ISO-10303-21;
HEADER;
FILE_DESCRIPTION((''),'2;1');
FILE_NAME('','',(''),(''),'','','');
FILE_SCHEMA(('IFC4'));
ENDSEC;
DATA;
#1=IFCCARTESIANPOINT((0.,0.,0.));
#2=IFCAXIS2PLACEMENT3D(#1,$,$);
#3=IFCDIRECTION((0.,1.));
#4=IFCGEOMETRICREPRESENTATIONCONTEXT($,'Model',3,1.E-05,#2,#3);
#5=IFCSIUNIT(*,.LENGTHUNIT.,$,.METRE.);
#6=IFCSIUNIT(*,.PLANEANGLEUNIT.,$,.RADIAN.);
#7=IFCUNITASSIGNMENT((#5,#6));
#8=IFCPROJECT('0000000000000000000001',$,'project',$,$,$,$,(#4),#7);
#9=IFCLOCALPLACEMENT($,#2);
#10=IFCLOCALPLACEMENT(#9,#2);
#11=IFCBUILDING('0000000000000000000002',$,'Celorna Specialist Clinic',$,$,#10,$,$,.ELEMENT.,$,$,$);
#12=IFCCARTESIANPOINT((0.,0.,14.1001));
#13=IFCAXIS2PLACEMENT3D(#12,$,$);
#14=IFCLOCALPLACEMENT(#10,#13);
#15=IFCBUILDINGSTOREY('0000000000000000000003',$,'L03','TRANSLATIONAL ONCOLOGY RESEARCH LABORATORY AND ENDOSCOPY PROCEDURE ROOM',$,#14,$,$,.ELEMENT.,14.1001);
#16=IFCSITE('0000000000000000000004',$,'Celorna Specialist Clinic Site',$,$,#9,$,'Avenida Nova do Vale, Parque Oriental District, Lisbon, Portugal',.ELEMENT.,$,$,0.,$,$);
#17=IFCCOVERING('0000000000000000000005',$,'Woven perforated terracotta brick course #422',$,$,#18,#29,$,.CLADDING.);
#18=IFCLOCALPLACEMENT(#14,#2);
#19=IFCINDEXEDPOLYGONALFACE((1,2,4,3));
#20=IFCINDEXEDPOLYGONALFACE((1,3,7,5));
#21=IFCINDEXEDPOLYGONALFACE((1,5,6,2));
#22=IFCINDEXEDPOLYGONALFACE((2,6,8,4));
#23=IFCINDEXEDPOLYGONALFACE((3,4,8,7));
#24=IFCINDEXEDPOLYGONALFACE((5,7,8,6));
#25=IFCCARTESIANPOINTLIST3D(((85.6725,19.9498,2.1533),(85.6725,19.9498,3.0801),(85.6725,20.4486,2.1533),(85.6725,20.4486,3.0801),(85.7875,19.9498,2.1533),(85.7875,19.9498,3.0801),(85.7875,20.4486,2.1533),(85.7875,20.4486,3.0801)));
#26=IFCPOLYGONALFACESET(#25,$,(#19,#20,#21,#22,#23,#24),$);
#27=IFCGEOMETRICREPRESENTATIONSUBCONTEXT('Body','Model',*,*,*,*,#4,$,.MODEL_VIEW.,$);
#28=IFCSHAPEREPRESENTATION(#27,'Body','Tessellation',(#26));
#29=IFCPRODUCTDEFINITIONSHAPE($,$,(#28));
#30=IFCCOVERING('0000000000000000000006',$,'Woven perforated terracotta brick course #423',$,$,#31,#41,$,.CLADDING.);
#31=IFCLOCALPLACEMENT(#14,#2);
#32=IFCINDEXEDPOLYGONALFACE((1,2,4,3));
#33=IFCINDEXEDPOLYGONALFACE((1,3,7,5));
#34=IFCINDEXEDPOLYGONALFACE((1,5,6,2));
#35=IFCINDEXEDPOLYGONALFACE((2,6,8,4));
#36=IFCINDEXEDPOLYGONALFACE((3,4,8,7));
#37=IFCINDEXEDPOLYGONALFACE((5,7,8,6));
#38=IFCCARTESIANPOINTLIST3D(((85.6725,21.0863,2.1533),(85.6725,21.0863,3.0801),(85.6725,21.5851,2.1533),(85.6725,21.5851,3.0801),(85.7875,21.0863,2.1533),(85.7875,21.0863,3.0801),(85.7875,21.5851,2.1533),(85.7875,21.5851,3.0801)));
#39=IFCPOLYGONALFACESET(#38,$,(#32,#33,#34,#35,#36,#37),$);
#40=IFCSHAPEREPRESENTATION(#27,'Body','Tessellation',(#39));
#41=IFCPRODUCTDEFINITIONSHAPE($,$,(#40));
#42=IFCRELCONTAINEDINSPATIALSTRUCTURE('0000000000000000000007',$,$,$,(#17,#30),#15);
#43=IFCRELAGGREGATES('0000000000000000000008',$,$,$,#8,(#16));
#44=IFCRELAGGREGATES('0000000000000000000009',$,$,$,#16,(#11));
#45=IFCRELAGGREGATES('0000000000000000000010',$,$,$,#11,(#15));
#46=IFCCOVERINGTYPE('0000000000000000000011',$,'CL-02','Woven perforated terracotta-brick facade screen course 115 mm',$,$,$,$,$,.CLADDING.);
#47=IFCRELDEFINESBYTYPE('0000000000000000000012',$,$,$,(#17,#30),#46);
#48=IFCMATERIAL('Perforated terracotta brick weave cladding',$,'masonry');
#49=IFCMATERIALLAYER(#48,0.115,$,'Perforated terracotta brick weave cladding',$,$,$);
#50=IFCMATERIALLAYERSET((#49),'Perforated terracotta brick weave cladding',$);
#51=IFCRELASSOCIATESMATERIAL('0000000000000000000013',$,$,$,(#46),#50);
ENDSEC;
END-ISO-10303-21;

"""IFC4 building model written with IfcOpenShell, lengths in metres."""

from ifc_helpers import new_model, si_unit, direction, frame, origin, origin_2d, place, context, subcontext, project, spatial, rectangle, extrude, material, layer, layer_set, type_object, element, save


model = new_model("IFC4")

# Units and contexts
model_context = context("Model", 3, precision=1e-05, world=origin(), true_north=direction((0.0, 1.0)))
body_context = subcontext(model_context, "Body", "Model", "MODEL_VIEW")
ifc_project = project(units=[si_unit("LENGTHUNIT", "METRE"), si_unit("PLANEANGLEUNIT", "RADIAN")], contexts=[model_context])

# Site, building, storey
site_placement = place(None, origin())
site = spatial("IfcSite", under=ifc_project, at=site_placement, Name="Celorna Specialist Clinic Site", LongName="Avenida Nova do Vale, Parque Oriental District, Lisbon, Portugal", CompositionType="ELEMENT", RefElevation=0.0)
building_placement = place(site_placement, origin())
building = spatial("IfcBuilding", under=site, at=building_placement, Name="Celorna Specialist Clinic", CompositionType="ELEMENT")
storey_placement = place(building_placement, frame((0.0, 0.0, 14.1001)))
storey = spatial("IfcBuildingStorey", under=building, at=storey_placement, Name="L03", Description="TRANSLATIONAL ONCOLOGY RESEARCH LABORATORY AND ENDOSCOPY PROCEDURE ROOM", CompositionType="ELEMENT", Elevation=14.1001)

# Coverings
ifc_material_1 = material(Name="Perforated terracotta brick weave cladding", Category="masonry")
ifc_layer_1 = layer(ifc_material_1, 0.115, Name="Perforated terracotta brick weave cladding")
ifc_layer_set_1 = layer_set([ifc_layer_1], Name="Perforated terracotta brick weave cladding")
covering_type = type_object("IfcCoveringType", Name="CL-02", Description="Woven perforated terracotta-brick facade screen course 115 mm", PredefinedType="CLADDING", material=ifc_layer_set_1)
for number, where, z_axis, x_axis, name in (
    (1, (85.73, 20.1992, 2.1533), (0.0, 0.0, 1.0), (0.0, 1.0, 0.0), "Woven perforated terracotta brick course #422"),
    (2, (85.73, 21.3357, 2.1533), (0.0, 0.0, 1.0), (0.0, 1.0, 0.0), "Woven perforated terracotta brick course #423"),
):
    element("IfcCovering", number, at=place(storey_placement, frame(where, z_axis=z_axis, x_axis=x_axis)), inside=storey, type_object=covering_type, Name=name, PredefinedType="CLADDING", context=body_context, shape_type="SweptSolid", body=[
        extrude(rectangle(XDim=0.4988, YDim=0.115, at=origin_2d()), origin(), (0.0, 0.0, 1.0), 0.9268),
    ])

save(model, "model.ifc")
